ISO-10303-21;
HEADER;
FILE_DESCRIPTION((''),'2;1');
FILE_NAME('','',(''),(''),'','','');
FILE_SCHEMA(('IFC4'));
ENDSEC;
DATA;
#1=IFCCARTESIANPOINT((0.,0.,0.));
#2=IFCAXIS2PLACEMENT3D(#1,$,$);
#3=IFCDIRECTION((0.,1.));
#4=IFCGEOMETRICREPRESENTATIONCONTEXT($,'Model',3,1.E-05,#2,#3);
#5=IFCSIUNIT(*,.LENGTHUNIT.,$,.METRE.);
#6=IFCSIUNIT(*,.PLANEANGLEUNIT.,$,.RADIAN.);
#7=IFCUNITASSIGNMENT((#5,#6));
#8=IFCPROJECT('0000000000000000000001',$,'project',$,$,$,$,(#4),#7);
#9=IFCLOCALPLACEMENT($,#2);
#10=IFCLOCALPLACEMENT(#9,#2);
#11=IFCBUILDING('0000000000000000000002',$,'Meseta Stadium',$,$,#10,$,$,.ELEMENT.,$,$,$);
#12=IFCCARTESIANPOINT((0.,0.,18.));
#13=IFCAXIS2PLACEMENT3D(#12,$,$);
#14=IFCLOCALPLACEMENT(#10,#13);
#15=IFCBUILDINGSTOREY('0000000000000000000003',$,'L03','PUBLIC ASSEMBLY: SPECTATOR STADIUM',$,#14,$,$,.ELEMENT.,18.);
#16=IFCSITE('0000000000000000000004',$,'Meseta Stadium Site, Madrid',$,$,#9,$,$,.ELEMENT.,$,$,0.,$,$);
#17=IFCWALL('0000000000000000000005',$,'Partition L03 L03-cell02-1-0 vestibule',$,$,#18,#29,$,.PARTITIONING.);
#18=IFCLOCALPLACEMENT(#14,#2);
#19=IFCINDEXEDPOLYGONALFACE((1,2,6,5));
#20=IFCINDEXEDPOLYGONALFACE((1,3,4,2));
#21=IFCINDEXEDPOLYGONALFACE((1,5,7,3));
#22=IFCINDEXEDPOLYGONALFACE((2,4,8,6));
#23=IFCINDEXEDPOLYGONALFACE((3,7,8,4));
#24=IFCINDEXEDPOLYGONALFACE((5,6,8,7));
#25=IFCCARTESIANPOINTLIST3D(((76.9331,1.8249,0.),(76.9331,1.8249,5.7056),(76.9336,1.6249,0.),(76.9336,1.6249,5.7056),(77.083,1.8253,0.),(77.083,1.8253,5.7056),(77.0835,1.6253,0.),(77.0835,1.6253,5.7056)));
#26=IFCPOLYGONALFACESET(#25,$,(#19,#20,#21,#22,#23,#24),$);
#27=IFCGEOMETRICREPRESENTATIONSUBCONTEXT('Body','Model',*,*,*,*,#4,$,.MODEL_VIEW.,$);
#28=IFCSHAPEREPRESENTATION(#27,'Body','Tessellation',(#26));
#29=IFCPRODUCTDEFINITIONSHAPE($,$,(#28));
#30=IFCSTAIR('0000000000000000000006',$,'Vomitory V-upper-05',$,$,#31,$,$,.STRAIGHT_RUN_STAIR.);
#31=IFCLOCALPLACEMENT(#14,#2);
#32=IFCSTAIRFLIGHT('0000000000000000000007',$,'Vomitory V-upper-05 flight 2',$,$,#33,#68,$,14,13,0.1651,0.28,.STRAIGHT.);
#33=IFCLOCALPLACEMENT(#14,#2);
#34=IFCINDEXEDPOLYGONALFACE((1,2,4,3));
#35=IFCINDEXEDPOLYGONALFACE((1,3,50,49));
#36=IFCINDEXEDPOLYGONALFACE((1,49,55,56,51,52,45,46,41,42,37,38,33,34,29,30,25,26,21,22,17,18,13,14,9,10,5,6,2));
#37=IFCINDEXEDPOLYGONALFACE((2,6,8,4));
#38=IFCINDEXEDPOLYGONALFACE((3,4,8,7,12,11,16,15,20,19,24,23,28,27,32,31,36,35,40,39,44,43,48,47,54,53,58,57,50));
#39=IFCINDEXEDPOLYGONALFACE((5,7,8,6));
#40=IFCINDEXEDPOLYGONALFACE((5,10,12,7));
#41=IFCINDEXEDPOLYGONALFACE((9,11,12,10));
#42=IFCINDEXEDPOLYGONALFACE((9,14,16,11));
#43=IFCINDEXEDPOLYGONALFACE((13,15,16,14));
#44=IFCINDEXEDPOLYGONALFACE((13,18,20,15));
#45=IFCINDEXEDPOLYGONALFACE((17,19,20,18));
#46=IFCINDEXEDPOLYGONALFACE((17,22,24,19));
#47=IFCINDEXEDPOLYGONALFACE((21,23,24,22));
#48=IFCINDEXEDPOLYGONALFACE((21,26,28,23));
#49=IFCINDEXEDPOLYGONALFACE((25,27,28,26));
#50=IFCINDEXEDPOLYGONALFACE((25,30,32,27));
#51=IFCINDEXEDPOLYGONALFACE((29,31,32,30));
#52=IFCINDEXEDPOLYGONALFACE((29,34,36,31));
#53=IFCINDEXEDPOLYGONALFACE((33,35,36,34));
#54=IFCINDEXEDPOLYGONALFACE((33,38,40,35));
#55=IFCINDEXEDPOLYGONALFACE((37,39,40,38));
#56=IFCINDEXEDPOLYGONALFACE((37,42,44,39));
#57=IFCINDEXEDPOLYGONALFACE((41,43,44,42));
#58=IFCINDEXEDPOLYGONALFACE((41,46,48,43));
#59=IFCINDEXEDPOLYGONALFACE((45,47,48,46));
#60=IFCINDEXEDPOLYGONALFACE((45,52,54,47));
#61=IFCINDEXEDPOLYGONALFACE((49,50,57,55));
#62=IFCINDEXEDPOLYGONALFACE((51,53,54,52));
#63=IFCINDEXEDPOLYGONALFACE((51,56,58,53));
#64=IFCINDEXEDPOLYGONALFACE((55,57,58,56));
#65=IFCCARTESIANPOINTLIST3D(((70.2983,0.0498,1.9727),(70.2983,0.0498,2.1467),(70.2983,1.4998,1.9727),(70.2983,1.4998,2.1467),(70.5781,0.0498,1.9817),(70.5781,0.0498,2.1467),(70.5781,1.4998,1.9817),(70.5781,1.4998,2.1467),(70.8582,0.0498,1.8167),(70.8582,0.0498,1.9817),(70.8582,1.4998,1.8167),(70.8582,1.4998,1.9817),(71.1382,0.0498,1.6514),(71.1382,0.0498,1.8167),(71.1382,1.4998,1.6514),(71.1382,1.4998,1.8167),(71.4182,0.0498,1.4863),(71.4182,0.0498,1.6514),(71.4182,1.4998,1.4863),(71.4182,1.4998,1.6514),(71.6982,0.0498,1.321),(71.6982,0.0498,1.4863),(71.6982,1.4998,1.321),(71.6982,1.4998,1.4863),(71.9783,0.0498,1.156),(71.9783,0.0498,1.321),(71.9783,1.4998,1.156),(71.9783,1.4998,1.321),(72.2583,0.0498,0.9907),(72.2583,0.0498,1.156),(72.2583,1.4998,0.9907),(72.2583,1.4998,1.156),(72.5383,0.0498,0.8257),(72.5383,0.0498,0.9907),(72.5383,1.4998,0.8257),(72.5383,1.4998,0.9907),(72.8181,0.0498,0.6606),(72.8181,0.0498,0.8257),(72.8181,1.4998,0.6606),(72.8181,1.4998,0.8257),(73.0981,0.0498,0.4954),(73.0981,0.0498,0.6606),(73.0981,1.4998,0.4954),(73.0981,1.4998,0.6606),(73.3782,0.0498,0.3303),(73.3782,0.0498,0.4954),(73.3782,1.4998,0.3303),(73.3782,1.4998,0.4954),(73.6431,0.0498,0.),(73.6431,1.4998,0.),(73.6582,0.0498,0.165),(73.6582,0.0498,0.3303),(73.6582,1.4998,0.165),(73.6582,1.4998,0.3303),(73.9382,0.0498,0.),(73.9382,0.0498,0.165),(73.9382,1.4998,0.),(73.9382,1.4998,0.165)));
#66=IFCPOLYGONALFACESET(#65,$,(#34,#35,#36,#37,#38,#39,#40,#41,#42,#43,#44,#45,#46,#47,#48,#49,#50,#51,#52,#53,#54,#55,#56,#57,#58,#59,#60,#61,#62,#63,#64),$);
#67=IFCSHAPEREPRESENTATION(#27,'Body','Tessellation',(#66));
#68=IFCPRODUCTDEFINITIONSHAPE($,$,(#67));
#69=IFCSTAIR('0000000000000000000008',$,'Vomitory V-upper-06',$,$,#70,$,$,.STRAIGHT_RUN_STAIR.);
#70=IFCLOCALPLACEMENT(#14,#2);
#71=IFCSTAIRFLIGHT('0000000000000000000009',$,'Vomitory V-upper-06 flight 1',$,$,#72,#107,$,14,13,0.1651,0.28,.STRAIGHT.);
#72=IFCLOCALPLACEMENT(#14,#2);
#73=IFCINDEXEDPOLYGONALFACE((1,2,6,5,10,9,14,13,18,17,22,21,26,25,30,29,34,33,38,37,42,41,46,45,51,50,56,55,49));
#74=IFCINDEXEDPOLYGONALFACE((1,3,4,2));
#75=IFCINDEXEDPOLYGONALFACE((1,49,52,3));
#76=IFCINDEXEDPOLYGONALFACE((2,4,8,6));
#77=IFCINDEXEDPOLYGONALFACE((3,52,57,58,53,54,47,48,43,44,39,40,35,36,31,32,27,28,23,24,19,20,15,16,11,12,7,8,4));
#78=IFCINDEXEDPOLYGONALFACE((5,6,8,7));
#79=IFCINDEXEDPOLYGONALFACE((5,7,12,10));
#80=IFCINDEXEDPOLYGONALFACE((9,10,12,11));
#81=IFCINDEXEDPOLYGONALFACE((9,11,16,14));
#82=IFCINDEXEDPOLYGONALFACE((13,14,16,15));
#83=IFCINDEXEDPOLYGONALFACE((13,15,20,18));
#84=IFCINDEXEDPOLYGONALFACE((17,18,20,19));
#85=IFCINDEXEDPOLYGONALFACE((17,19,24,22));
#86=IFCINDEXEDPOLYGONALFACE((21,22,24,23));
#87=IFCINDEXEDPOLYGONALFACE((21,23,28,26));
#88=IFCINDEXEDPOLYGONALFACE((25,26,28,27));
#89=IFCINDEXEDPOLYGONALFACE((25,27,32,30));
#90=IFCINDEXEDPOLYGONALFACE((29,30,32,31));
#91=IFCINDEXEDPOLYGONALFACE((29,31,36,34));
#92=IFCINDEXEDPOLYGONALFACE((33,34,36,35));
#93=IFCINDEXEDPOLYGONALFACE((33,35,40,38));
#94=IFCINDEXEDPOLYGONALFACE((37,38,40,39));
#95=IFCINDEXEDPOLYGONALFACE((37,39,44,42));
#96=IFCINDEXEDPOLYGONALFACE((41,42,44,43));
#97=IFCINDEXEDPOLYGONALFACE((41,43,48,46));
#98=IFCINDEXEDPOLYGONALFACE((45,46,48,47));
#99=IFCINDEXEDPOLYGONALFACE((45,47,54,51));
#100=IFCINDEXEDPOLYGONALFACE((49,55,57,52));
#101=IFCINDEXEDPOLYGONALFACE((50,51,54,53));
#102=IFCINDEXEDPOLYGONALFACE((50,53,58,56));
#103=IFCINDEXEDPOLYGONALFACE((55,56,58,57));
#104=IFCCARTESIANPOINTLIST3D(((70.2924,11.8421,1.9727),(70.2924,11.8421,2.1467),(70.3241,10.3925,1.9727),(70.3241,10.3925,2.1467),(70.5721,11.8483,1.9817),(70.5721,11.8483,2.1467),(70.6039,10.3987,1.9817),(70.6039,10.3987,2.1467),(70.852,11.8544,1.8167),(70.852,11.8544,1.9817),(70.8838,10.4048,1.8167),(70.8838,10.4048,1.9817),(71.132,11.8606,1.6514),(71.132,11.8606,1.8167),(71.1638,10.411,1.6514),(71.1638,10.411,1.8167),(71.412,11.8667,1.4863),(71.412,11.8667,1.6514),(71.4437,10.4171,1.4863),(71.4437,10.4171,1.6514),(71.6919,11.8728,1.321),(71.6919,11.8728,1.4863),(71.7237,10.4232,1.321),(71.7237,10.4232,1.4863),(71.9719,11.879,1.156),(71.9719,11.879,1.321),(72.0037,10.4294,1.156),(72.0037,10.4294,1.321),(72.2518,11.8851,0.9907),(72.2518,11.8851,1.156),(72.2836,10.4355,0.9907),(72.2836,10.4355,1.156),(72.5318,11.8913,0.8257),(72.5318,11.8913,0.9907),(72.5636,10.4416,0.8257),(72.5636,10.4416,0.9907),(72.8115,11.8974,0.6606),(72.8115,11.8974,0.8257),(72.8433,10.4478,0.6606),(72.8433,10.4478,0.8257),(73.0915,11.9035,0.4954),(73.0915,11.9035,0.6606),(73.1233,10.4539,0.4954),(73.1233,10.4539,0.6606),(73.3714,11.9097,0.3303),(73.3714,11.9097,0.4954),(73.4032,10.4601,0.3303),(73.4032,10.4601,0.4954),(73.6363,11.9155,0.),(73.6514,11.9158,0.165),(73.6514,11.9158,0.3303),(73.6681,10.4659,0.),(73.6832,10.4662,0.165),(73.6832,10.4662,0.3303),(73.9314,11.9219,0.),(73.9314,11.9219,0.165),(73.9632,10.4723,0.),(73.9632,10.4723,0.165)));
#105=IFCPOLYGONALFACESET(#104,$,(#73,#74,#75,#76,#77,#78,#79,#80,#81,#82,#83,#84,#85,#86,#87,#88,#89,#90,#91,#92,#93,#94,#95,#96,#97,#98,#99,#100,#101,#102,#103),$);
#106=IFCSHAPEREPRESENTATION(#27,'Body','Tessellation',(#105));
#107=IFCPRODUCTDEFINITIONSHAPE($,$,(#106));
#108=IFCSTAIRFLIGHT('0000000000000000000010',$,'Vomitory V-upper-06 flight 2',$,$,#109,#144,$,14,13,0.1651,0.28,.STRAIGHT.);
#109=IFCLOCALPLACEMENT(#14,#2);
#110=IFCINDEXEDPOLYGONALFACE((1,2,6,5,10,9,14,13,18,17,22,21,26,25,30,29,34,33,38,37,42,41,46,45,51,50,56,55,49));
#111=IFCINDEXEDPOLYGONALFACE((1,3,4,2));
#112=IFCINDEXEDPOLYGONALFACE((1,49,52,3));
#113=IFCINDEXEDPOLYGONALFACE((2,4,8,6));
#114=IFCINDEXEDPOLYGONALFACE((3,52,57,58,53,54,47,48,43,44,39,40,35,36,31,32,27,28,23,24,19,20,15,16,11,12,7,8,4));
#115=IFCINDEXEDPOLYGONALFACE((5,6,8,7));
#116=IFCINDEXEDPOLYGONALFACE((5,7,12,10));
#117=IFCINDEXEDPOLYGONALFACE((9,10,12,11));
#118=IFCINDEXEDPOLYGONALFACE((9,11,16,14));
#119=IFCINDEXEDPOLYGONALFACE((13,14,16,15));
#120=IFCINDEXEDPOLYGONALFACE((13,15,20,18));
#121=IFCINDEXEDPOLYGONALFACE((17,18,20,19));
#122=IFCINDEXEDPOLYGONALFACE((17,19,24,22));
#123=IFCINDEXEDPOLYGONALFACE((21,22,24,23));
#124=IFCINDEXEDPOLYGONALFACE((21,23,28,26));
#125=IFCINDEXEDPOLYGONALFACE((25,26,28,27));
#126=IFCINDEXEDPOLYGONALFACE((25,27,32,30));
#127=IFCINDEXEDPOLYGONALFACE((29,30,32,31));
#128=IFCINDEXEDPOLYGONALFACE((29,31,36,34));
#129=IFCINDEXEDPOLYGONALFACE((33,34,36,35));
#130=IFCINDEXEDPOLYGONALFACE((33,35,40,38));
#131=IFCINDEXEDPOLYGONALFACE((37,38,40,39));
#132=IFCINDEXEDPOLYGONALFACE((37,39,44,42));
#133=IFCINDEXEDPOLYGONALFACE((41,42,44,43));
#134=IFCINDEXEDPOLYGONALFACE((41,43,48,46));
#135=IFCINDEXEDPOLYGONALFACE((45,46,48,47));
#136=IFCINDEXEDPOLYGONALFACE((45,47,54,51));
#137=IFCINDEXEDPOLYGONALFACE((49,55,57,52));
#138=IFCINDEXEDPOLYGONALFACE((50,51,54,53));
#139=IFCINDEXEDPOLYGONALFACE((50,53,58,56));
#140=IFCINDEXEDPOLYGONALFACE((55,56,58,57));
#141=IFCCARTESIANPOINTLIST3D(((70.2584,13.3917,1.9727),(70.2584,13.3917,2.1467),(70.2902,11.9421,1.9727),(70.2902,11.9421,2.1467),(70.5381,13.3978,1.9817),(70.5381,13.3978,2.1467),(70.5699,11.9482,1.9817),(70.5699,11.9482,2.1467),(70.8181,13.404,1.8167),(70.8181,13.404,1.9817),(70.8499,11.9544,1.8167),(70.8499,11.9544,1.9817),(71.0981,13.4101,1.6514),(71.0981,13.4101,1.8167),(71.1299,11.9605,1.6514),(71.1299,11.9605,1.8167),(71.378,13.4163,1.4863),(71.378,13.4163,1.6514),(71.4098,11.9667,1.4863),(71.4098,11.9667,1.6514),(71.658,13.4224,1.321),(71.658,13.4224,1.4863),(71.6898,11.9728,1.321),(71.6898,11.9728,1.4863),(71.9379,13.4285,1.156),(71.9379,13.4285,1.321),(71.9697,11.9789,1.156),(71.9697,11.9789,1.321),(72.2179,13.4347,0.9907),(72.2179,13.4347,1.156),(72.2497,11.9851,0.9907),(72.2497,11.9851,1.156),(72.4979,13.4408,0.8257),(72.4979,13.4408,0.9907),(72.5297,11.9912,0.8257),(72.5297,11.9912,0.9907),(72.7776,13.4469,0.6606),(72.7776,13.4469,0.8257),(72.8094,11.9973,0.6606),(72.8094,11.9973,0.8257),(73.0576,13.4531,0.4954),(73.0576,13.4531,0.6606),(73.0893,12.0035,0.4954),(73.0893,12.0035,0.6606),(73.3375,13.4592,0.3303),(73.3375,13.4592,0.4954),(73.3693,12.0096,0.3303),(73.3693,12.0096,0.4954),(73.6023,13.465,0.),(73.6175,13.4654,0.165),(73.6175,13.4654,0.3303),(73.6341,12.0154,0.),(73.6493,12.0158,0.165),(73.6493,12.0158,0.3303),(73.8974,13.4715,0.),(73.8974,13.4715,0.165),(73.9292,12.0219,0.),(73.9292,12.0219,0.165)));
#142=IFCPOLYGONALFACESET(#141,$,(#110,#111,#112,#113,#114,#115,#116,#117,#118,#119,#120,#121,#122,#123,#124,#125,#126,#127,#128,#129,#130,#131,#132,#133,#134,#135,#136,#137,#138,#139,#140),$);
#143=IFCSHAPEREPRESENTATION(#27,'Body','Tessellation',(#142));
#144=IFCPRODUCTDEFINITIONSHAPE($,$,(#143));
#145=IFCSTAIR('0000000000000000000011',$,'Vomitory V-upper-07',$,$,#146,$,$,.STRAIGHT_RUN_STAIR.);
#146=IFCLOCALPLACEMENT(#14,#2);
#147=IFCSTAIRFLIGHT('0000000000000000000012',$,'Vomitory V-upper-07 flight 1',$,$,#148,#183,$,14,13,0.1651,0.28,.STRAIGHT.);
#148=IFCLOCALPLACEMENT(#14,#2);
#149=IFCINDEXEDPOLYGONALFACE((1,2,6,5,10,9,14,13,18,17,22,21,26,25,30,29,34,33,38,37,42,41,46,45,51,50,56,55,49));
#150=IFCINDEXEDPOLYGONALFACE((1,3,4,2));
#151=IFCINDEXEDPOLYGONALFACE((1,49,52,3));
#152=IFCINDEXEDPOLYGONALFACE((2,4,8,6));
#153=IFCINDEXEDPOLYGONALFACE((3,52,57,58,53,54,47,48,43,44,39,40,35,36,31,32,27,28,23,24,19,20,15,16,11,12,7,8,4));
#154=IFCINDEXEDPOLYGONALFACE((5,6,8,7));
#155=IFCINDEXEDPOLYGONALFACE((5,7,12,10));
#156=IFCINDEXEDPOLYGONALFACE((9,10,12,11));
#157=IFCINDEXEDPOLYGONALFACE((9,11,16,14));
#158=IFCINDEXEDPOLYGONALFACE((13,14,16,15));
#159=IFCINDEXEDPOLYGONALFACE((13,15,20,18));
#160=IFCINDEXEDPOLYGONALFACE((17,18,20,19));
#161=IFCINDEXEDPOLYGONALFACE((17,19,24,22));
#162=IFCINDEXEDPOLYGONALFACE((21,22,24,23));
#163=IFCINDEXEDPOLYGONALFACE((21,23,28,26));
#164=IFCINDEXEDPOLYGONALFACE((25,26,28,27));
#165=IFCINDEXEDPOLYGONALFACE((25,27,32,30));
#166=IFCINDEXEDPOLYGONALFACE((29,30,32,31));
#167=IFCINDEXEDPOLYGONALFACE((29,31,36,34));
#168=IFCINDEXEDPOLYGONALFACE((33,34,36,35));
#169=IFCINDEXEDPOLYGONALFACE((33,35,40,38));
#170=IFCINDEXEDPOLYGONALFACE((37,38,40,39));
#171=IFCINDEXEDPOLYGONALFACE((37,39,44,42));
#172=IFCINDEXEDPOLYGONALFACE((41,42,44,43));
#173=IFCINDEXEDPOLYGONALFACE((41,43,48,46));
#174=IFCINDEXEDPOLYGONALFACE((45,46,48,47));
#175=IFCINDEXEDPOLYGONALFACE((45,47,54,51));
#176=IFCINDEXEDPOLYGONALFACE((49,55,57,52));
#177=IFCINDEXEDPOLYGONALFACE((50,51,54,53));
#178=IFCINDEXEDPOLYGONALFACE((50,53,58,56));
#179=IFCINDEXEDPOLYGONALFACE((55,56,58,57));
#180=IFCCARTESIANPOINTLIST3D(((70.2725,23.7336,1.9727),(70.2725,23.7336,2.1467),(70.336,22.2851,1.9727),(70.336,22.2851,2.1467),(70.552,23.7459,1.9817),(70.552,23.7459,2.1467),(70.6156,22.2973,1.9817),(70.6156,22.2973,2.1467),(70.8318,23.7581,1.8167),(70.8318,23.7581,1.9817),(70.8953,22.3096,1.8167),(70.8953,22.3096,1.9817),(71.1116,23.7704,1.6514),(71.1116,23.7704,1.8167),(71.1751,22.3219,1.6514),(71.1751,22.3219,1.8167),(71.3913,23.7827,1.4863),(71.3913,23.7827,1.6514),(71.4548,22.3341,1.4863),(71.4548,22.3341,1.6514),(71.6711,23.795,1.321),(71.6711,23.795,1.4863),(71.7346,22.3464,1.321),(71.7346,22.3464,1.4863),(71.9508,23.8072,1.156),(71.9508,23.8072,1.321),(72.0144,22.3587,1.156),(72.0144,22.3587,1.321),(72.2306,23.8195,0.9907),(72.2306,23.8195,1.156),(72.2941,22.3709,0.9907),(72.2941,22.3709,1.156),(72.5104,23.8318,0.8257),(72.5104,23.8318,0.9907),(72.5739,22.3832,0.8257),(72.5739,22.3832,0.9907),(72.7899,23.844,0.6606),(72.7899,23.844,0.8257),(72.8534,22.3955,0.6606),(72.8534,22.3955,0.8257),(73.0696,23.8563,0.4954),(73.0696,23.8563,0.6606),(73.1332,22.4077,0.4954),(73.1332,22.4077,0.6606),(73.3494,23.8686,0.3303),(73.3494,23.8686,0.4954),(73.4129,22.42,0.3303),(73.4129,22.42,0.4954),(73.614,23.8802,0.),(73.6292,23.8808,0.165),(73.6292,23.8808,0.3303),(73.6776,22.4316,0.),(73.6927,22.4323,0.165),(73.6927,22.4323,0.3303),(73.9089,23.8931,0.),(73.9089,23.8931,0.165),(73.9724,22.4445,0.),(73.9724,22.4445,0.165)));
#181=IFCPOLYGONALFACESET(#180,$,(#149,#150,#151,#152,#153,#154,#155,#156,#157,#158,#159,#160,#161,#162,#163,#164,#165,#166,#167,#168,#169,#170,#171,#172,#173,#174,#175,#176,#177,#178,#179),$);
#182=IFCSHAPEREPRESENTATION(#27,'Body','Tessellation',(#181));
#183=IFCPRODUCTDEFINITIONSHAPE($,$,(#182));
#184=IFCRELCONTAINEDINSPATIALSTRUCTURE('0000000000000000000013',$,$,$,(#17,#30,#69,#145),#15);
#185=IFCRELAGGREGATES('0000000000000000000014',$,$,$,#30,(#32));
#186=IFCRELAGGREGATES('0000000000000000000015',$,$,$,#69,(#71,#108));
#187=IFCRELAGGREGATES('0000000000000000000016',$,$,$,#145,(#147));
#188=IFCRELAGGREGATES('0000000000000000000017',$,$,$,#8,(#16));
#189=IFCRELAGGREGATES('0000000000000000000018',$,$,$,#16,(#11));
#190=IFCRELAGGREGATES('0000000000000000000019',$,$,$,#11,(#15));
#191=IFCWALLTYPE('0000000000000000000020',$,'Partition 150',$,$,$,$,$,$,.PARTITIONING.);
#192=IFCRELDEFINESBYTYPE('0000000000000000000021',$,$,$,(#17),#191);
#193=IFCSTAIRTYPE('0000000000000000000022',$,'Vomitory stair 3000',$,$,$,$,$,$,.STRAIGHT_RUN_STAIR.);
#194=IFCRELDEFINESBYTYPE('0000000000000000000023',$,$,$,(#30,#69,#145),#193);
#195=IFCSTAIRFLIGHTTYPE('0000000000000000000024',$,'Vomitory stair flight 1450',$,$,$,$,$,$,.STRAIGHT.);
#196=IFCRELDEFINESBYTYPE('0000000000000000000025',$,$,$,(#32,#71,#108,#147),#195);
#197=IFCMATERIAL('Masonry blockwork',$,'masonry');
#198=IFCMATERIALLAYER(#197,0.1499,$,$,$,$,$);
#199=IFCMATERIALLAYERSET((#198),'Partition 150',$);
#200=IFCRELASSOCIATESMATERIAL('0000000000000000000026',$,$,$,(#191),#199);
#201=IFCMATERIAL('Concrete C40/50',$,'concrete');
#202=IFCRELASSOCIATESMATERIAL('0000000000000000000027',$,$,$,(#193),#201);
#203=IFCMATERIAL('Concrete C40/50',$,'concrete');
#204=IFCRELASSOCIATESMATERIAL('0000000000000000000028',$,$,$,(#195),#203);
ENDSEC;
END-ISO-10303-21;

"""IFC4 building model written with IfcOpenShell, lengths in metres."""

from ifc_helpers import new_model, si_unit, direction, frame, frame_2d, origin, place, context, subcontext, project, spatial, polyline, rectangle, outline, extrude, material, layer, layer_set, type_object, element, aggregate, save


model = new_model("IFC4")

# Units and contexts
model_context = context("Model", 3, precision=1e-05, world=origin(), true_north=direction((0.0, 1.0)))
body_context = subcontext(model_context, "Body", "Model", "MODEL_VIEW")
ifc_project = project(units=[si_unit("LENGTHUNIT", "METRE"), si_unit("PLANEANGLEUNIT", "RADIAN")], contexts=[model_context])

# Site, building, storey
site_placement = place(None, origin())
site = spatial("IfcSite", under=ifc_project, at=site_placement, Name="Meseta Stadium Site, Madrid", CompositionType="ELEMENT", RefElevation=0.0)
building_placement = place(site_placement, origin())
building = spatial("IfcBuilding", under=site, at=building_placement, Name="Meseta Stadium", CompositionType="ELEMENT")
storey_placement = place(building_placement, frame((0.0, 0.0, 18.0)))
storey = spatial("IfcBuildingStorey", under=building, at=storey_placement, Name="L03", Description="PUBLIC ASSEMBLY: SPECTATOR STADIUM", CompositionType="ELEMENT", Elevation=18.0)

# Shared definitions
ifc_material_1 = material(Name="Masonry blockwork", Category="masonry")
ifc_layer = layer(ifc_material_1, 0.1499)
ifc_layer_set = layer_set([ifc_layer], Name="Partition 150")
wall_type = type_object("IfcWallType", Name="Partition 150", PredefinedType="PARTITIONING", material=ifc_layer_set)

# Wall
wall_1_placement = place(storey_placement, frame((77.0085, 1.625, 0.0), z_axis=(0.0, 0.0, 1.0), x_axis=(-0.002442, 0.999997, 0.0)))
element("IfcWall", 1, at=wall_1_placement, inside=storey, type_object=wall_type, Name="Partition L03 L03-cell02-1-0 vestibule", PredefinedType="PARTITIONING", context=body_context, shape_type="SweptSolid", body=[
    extrude(rectangle(XDim=0.2, YDim=0.1499, at=frame_2d((0.1001, 0.0))), origin(), (0.0, 0.0, 1.0), 5.7056),
])

# Stair, stair flight
ifc_material_2 = material(Name="Concrete C40/50", Category="concrete")
stair_type = type_object("IfcStairType", Name="Vomitory stair 3000", PredefinedType="STRAIGHT_RUN_STAIR", material=ifc_material_2)
stair_1_placement = place(storey_placement, origin())
stair_1 = element("IfcStair", 2, at=stair_1_placement, inside=storey, type_object=stair_type, Name="Vomitory V-upper-05", PredefinedType="STRAIGHT_RUN_STAIR")
ifc_material_3 = material(Name="Concrete C40/50", Category="concrete")
stair_flight_type = type_object("IfcStairFlightType", Name="Vomitory stair flight 1450", PredefinedType="STRAIGHT", material=ifc_material_3)
stair_flight_1_placement = place(storey_placement, frame((73.9382, 0.7749, 0.0), z_axis=(0.0, 0.0, 1.0), x_axis=(-1.0, 0.0, 0.0)))
stair_flight_1 = element("IfcStairFlight", 3, at=stair_flight_1_placement, type_object=stair_flight_type, Name="Vomitory V-upper-05 flight 2", NumberOfRisers=14, NumberOfTreads=13, PredefinedType="STRAIGHT", RiserHeight=0.1651, TreadLength=0.28, context=body_context, shape_type="SweptSolid", body=[
    extrude(outline(polyline([(0.0, 0.0), (0.0, 0.165), (0.28, 0.165), (0.28, 0.3303), (0.5601, 0.3303), (0.5601, 0.4954), (0.8401, 0.4954), (0.8401, 0.6606), (1.1201, 0.6606), (1.1201, 0.8257), (1.3999, 0.8257), (1.3999, 0.9907), (1.6799, 0.9907), (1.6799, 1.156), (1.96, 1.156), (1.96, 1.321), (2.24, 1.321), (2.24, 1.4863), (2.52, 1.4863), (2.52, 1.6514), (2.8, 1.6514), (2.8, 1.8167), (3.0801, 1.8167), (3.0801, 1.9817), (3.3601, 1.9817), (3.3601, 2.1467), (3.6399, 2.1467), (3.6399, 1.9727), (0.2952, 0.0), (0.0, 0.0)])), frame((0.0, 0.7251, 0.0), z_axis=(0.0, -1.0, 0.0), x_axis=(1.0, 0.0, 0.0)), (0.0, 0.0, 1.0), 1.45),
])
aggregate(stair_1, [stair_flight_1])

# Stairs, stair flights
stair_2_placement = place(storey_placement, origin())
stair_2 = element("IfcStair", 4, at=stair_2_placement, inside=storey, type_object=stair_type, Name="Vomitory V-upper-06", PredefinedType="STRAIGHT_RUN_STAIR")
stair_flight_2_placement = place(storey_placement, frame((73.9473, 11.1973, 0.0), z_axis=(0.0, 0.0, 1.0), x_axis=(-0.99976, -0.021925, 0.0)))
stair_flight_2 = element("IfcStairFlight", 5, at=stair_flight_2_placement, type_object=stair_flight_type, Name="Vomitory V-upper-06 flight 1", NumberOfRisers=14, NumberOfTreads=13, PredefinedType="STRAIGHT", RiserHeight=0.1651, TreadLength=0.28, context=body_context, shape_type="SweptSolid", body=[
    extrude(outline(polyline([(0.0, 0.0), (0.0, 0.165), (0.28, 0.165), (0.28, 0.3303), (0.5601, 0.3303), (0.5601, 0.4954), (0.8401, 0.4954), (0.8401, 0.6606), (1.1201, 0.6606), (1.1201, 0.8257), (1.3999, 0.8257), (1.3999, 0.9907), (1.6799, 0.9907), (1.6799, 1.156), (1.96, 1.156), (1.96, 1.321), (2.24, 1.321), (2.24, 1.4863), (2.52, 1.4863), (2.52, 1.6514), (2.8, 1.6514), (2.8, 1.8167), (3.0801, 1.8167), (3.0801, 1.9817), (3.3601, 1.9817), (3.3601, 2.1467), (3.6399, 2.1467), (3.6399, 1.9727), (0.2952, 0.0), (0.0, 0.0)])), frame((0.0, 0.7251, 0.0), z_axis=(0.0, -1.0, 0.0), x_axis=(1.0, 0.0, 0.0)), (0.0, 0.0, 1.0), 1.45),
])
stair_flight_3_placement = place(storey_placement, frame((73.9133, 12.7468, 0.0), z_axis=(0.0, 0.0, 1.0), x_axis=(-0.99976, -0.021925, 0.0)))
stair_flight_3 = element("IfcStairFlight", 6, at=stair_flight_3_placement, type_object=stair_flight_type, Name="Vomitory V-upper-06 flight 2", NumberOfRisers=14, NumberOfTreads=13, PredefinedType="STRAIGHT", RiserHeight=0.1651, TreadLength=0.28, context=body_context, shape_type="SweptSolid", body=[
    extrude(outline(polyline([(0.0, 0.0), (0.0, 0.165), (0.28, 0.165), (0.28, 0.3303), (0.5601, 0.3303), (0.5601, 0.4954), (0.8401, 0.4954), (0.8401, 0.6606), (1.1201, 0.6606), (1.1201, 0.8257), (1.3999, 0.8257), (1.3999, 0.9907), (1.6799, 0.9907), (1.6799, 1.156), (1.96, 1.156), (1.96, 1.321), (2.24, 1.321), (2.24, 1.4863), (2.52, 1.4863), (2.52, 1.6514), (2.8, 1.6514), (2.8, 1.8167), (3.0801, 1.8167), (3.0801, 1.9817), (3.3601, 1.9817), (3.3601, 2.1467), (3.6399, 2.1467), (3.6399, 1.9727), (0.2952, 0.0), (0.0, 0.0)])), frame((0.0, 0.7251, 0.0), z_axis=(0.0, -1.0, 0.0), x_axis=(1.0, 0.0, 0.0)), (0.0, 0.0, 1.0), 1.45),
])
aggregate(stair_2, [stair_flight_2, stair_flight_3])
stair_3_placement = place(storey_placement, origin())
stair_3 = element("IfcStair", 7, at=stair_3_placement, inside=storey, type_object=stair_type, Name="Vomitory V-upper-07", PredefinedType="STRAIGHT_RUN_STAIR")
stair_flight_4_placement = place(storey_placement, frame((73.9407, 23.1689, 0.0), z_axis=(0.0, 0.0, 1.0), x_axis=(-0.99904, -0.043818, 0.0)))
stair_flight_4 = element("IfcStairFlight", 8, at=stair_flight_4_placement, type_object=stair_flight_type, Name="Vomitory V-upper-07 flight 1", NumberOfRisers=14, NumberOfTreads=13, PredefinedType="STRAIGHT", RiserHeight=0.1651, TreadLength=0.28, context=body_context, shape_type="SweptSolid", body=[
    extrude(outline(polyline([(0.0, 0.0), (0.0, 0.165), (0.28, 0.165), (0.28, 0.3303), (0.5601, 0.3303), (0.5601, 0.4954), (0.8401, 0.4954), (0.8401, 0.6606), (1.1201, 0.6606), (1.1201, 0.8257), (1.3999, 0.8257), (1.3999, 0.9907), (1.6799, 0.9907), (1.6799, 1.156), (1.96, 1.156), (1.96, 1.321), (2.24, 1.321), (2.24, 1.4863), (2.52, 1.4863), (2.52, 1.6514), (2.8, 1.6514), (2.8, 1.8167), (3.0801, 1.8167), (3.0801, 1.9817), (3.3601, 1.9817), (3.3601, 2.1467), (3.6399, 2.1467), (3.6399, 1.9727), (0.2952, 0.0), (0.0, 0.0)])), frame((0.0, 0.7251, 0.0), z_axis=(0.0, -1.0, 0.0), x_axis=(1.0, 0.0, 0.0)), (0.0, 0.0, 1.0), 1.45),
])
aggregate(stair_3, [stair_flight_4])

save(model, "model.ifc")
